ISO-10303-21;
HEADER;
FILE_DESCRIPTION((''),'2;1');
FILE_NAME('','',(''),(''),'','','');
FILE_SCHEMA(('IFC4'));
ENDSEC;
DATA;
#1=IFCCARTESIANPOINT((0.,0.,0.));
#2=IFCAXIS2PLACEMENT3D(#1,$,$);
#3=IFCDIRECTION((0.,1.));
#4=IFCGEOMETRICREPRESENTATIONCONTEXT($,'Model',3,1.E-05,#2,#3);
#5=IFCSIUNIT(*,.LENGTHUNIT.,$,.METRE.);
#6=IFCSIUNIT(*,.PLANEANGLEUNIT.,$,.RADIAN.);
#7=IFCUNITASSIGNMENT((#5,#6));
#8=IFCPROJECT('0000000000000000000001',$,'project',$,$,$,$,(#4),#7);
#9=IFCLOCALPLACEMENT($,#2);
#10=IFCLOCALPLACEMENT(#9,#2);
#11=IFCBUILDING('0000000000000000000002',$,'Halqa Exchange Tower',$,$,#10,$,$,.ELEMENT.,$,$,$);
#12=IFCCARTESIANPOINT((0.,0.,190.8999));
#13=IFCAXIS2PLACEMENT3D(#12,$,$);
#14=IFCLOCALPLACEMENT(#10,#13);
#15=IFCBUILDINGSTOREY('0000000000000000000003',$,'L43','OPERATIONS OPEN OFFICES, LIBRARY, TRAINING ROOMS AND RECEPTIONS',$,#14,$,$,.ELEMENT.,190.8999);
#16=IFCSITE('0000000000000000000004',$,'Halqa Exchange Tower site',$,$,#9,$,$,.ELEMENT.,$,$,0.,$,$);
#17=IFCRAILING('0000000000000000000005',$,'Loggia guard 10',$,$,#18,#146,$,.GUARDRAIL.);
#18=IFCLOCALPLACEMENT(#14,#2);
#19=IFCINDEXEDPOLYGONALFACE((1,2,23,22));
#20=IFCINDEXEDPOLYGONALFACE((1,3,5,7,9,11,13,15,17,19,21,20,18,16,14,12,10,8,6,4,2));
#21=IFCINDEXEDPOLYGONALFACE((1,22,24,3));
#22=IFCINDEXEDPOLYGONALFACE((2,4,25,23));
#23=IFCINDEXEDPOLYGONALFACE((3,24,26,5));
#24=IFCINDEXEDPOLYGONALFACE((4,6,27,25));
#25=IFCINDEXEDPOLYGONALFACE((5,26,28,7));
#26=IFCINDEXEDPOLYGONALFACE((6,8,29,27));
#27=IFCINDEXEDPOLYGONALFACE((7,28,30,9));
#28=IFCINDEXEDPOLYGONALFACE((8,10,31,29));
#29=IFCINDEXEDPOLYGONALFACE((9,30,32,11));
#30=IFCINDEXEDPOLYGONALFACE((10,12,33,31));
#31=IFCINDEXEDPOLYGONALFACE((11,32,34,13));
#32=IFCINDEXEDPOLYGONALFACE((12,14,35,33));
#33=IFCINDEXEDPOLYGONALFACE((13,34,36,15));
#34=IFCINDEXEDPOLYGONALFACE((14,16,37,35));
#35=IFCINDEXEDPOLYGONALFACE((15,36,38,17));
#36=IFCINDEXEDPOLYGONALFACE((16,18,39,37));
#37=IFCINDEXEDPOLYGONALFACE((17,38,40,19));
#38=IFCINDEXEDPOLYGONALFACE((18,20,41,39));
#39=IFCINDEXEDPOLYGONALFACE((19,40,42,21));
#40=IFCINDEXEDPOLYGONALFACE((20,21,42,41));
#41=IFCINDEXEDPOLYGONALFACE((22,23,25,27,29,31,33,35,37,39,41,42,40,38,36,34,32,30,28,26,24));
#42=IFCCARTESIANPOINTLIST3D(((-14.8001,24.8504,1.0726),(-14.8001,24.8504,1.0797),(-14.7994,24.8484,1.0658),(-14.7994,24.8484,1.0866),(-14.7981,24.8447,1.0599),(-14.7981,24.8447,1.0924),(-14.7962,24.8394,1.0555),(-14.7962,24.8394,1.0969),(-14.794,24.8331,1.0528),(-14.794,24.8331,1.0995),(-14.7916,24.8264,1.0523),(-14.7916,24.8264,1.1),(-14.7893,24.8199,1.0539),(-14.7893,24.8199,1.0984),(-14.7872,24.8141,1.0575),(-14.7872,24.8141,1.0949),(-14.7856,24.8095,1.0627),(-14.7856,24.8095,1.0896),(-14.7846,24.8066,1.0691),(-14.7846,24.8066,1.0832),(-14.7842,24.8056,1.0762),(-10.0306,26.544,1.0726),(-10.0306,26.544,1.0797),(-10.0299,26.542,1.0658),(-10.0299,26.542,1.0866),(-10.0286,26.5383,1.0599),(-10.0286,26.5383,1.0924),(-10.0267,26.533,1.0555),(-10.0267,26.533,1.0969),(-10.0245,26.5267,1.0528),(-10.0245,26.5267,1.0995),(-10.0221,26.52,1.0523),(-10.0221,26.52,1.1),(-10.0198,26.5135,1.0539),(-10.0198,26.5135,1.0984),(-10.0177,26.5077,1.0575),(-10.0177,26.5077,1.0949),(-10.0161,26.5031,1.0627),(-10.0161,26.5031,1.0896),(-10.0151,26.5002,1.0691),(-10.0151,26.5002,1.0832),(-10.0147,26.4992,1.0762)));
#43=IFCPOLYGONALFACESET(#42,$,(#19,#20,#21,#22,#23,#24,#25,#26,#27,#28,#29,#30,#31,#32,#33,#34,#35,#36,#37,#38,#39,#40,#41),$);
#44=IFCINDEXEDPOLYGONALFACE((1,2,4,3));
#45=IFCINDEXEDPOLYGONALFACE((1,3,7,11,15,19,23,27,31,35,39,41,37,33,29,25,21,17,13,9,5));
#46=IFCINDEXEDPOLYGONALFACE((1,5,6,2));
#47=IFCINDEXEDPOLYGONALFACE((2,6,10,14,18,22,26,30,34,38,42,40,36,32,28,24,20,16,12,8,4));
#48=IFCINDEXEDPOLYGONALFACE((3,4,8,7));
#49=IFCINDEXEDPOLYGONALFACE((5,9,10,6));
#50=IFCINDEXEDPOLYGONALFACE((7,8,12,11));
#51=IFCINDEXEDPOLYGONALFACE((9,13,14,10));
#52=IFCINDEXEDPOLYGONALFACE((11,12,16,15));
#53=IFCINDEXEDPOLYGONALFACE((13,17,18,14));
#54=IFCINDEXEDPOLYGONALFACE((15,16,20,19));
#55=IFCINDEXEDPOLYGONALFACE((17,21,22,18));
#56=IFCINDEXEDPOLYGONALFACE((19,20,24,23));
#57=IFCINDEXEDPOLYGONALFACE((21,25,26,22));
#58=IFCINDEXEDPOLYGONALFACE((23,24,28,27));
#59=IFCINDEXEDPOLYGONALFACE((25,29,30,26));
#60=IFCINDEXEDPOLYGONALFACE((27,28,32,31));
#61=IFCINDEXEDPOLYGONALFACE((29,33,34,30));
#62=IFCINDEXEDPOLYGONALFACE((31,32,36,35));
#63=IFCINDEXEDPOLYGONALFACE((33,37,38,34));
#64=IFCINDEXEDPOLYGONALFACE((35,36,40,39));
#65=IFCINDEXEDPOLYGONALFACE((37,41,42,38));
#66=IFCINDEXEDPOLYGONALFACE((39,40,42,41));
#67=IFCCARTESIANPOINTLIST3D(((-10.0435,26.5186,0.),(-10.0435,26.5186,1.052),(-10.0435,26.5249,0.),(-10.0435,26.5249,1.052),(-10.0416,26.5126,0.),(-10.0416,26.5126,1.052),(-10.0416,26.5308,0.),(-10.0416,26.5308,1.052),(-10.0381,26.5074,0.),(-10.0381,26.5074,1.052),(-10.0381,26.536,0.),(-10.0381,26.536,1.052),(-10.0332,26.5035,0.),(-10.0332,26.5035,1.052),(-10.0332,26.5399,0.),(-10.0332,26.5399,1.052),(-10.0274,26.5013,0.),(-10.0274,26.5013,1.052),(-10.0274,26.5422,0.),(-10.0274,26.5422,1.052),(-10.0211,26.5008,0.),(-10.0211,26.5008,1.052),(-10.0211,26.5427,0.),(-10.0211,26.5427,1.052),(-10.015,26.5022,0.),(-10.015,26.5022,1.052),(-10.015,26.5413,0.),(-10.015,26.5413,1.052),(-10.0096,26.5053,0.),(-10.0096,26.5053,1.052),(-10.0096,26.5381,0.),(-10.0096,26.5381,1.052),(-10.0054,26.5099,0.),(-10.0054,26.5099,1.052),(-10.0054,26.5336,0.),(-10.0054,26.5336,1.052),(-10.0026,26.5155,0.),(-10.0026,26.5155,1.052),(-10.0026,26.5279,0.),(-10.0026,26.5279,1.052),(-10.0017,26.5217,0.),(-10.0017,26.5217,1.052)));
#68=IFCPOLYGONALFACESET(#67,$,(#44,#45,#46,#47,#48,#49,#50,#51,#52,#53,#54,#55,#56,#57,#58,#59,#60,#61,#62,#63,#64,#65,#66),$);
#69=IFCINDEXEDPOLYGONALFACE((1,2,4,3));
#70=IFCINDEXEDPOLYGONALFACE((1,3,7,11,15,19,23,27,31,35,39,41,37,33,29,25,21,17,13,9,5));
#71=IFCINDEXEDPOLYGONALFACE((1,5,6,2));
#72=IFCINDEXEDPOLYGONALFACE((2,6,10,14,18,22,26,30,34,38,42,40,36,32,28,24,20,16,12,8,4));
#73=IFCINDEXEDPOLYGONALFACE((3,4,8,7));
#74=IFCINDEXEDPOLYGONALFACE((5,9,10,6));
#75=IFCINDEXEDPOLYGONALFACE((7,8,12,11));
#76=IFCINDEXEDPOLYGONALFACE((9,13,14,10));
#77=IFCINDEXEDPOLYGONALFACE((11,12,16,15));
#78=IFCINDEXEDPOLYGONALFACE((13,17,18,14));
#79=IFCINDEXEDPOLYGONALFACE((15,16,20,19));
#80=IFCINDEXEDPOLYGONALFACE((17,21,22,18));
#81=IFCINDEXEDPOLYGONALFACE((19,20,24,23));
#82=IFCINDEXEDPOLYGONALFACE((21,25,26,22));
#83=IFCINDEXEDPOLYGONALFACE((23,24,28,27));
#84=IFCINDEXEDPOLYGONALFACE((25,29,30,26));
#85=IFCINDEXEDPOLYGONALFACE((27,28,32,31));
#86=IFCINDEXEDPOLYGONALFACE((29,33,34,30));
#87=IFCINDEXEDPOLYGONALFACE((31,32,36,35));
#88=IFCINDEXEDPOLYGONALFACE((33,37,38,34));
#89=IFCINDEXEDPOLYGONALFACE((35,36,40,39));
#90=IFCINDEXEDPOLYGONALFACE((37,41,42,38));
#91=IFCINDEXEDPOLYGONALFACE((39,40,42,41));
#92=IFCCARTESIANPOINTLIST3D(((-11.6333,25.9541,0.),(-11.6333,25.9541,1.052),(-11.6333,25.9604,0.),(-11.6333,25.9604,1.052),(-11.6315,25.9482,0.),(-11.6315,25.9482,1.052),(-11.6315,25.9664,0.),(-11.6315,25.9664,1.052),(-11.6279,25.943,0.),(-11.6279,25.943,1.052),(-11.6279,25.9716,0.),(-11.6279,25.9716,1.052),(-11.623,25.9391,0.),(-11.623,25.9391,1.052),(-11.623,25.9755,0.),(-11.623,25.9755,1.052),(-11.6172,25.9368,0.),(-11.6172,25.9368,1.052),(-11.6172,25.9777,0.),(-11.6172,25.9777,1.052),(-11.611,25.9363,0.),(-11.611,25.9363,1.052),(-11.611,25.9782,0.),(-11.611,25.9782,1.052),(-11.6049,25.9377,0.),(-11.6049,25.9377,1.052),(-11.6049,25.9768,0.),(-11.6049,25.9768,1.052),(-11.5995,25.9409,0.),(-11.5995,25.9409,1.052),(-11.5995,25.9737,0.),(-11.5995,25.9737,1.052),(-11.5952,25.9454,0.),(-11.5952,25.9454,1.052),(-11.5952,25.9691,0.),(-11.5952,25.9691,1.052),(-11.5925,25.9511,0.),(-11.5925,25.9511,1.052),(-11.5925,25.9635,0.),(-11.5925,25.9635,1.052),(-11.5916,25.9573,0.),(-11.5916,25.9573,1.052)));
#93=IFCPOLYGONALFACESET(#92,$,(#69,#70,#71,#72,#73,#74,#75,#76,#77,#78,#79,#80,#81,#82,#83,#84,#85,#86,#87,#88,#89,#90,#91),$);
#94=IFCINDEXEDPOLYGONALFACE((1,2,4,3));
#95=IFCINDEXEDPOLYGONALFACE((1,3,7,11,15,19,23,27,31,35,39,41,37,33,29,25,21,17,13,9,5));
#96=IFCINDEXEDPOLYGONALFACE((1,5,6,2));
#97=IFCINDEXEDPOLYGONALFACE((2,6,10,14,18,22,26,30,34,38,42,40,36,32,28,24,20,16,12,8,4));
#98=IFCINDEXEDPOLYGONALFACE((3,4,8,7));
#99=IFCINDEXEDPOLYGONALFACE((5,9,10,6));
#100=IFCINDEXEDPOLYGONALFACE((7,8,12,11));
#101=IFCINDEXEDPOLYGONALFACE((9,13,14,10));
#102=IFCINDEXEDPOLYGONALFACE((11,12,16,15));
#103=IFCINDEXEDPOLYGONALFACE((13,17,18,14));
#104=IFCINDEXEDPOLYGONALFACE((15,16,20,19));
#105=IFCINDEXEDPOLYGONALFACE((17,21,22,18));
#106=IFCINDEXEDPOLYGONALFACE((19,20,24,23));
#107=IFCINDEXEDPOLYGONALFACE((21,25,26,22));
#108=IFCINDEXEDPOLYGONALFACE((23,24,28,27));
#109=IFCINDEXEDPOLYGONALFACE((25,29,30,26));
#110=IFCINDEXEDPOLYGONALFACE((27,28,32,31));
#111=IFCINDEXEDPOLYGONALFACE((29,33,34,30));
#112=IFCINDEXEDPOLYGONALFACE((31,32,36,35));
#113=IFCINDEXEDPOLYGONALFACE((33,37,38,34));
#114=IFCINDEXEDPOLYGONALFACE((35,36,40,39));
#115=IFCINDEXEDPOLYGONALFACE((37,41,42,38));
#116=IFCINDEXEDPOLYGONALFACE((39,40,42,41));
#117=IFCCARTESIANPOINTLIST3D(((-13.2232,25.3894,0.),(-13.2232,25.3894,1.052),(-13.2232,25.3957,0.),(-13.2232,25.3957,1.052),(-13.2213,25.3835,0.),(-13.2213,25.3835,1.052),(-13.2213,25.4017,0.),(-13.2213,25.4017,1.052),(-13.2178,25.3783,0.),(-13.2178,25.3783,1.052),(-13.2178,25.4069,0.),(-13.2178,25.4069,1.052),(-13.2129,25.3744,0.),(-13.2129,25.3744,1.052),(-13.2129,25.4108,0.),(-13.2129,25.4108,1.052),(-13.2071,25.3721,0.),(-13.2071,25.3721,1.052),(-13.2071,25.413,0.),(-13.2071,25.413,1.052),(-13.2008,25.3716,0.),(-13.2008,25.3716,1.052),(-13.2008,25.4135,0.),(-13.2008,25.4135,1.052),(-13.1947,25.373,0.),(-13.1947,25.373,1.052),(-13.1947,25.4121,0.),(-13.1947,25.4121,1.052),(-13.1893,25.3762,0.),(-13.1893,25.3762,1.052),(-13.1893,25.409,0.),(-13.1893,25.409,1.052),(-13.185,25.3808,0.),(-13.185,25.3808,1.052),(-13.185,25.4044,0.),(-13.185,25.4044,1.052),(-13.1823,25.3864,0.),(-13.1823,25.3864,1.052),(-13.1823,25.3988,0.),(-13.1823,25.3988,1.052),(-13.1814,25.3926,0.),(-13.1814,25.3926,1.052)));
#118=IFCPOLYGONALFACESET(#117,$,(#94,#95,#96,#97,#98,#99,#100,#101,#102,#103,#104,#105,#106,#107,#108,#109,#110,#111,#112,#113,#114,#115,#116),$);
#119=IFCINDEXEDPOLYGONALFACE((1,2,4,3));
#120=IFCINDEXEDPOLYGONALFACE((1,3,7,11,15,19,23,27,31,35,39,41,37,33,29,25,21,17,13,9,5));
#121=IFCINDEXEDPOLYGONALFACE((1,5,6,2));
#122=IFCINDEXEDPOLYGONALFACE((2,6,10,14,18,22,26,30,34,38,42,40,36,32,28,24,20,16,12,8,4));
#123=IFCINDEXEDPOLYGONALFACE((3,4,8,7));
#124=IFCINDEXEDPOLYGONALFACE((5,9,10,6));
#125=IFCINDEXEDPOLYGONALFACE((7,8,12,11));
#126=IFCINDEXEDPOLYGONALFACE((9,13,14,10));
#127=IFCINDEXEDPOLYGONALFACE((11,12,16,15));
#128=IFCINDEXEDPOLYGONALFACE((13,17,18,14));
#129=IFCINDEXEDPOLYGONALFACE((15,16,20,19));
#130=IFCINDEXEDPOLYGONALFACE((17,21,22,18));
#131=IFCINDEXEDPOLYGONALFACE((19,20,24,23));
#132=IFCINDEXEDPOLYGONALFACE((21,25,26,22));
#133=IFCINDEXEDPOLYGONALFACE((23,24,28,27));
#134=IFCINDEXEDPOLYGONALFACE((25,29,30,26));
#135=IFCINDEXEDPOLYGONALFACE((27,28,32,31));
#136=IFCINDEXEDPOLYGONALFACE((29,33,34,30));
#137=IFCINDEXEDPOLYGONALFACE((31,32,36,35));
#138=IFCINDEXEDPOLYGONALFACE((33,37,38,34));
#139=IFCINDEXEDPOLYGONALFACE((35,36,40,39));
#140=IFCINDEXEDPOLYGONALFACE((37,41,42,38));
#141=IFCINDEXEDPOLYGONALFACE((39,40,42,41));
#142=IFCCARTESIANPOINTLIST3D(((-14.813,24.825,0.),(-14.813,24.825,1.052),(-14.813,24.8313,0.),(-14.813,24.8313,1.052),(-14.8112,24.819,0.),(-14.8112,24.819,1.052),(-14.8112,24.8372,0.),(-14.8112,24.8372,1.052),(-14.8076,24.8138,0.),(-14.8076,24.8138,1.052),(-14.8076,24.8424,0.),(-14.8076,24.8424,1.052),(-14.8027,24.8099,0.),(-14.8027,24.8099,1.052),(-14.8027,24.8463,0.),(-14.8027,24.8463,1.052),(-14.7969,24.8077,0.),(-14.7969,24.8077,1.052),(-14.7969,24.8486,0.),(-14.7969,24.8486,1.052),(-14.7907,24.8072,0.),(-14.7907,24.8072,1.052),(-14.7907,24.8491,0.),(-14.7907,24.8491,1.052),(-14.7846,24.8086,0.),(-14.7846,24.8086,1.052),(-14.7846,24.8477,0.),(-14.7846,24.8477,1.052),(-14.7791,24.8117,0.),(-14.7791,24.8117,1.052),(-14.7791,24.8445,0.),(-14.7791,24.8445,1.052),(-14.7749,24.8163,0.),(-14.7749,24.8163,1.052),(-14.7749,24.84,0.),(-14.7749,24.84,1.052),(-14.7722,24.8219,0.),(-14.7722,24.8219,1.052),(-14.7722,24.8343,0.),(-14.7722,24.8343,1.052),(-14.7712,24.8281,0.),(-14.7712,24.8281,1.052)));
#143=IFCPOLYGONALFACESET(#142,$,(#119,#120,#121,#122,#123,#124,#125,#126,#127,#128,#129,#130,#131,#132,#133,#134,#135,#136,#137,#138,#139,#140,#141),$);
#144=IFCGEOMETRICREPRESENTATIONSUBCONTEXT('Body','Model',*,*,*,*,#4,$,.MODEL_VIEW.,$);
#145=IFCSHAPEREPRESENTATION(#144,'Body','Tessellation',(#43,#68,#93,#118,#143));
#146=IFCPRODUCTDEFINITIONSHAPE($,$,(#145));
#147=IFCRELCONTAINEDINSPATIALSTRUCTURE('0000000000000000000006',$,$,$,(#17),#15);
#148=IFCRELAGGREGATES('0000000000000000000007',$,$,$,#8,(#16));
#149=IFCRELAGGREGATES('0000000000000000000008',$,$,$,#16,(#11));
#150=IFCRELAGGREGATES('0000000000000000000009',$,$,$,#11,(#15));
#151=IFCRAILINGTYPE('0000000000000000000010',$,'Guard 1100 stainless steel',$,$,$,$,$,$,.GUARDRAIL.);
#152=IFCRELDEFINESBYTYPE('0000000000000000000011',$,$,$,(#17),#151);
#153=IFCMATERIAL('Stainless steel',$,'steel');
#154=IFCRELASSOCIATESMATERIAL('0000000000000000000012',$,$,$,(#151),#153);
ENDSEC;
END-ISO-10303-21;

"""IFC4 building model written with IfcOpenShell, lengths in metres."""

from ifc_helpers import new_model, si_unit, direction, frame, origin, origin_2d, place, context, subcontext, project, spatial, circle, extrude, material, type_object, element, save


model = new_model("IFC4")

# Units and contexts
model_context = context("Model", 3, precision=1e-05, world=origin(), true_north=direction((0.0, 1.0)))
body_context = subcontext(model_context, "Body", "Model", "MODEL_VIEW")
ifc_project = project(units=[si_unit("LENGTHUNIT", "METRE"), si_unit("PLANEANGLEUNIT", "RADIAN")], contexts=[model_context])

# Site, building, storey
site_placement = place(None, origin())
site = spatial("IfcSite", under=ifc_project, at=site_placement, Name="Halqa Exchange Tower site", CompositionType="ELEMENT", RefElevation=0.0)
building_placement = place(site_placement, origin())
building = spatial("IfcBuilding", under=site, at=building_placement, Name="Halqa Exchange Tower", CompositionType="ELEMENT")
storey_placement = place(building_placement, frame((0.0, 0.0, 190.8999)))
storey = spatial("IfcBuildingStorey", under=building, at=storey_placement, Name="L43", Description="OPERATIONS OPEN OFFICES, LIBRARY, TRAINING ROOMS AND RECEPTIONS", CompositionType="ELEMENT", Elevation=190.8999)

# Railing
ifc_material_1 = material(Name="Stainless steel", Category="steel")
railing_type_1 = type_object("IfcRailingType", Name="Guard 1100 stainless steel", PredefinedType="GUARDRAIL", material=ifc_material_1)
railing_1_placement = place(storey_placement, frame((-10.0227, 26.5217, 0.0)))
element("IfcRailing", 1, at=railing_1_placement, inside=storey, type_object=railing_type_1, Name="Loggia guard 10", PredefinedType="GUARDRAIL", context=body_context, shape_type="SweptSolid", body=[
    extrude(circle(Radius=0.0239, at=origin_2d()), frame((0.0, 0.0, 1.0762), z_axis=(-0.942354, -0.334619, 0.0), x_axis=(0.334619, -0.942354, 0.0)), (0.0, 0.0, 1.0), 5.0613),
    extrude(circle(Radius=0.021, at=origin_2d()), origin(), (0.0, 0.0, 1.0), 1.052),
    extrude(circle(Radius=0.021, at=origin_2d()), frame((-1.5898, -0.5645, 0.0)), (0.0, 0.0, 1.0), 1.052),
    extrude(circle(Radius=0.021, at=origin_2d()), frame((-3.1797, -1.1292, 0.0)), (0.0, 0.0, 1.0), 1.052),
    extrude(circle(Radius=0.021, at=origin_2d()), frame((-4.7695, -1.6936, 0.0)), (0.0, 0.0, 1.0), 1.052),
])

save(model, "model.ifc")
